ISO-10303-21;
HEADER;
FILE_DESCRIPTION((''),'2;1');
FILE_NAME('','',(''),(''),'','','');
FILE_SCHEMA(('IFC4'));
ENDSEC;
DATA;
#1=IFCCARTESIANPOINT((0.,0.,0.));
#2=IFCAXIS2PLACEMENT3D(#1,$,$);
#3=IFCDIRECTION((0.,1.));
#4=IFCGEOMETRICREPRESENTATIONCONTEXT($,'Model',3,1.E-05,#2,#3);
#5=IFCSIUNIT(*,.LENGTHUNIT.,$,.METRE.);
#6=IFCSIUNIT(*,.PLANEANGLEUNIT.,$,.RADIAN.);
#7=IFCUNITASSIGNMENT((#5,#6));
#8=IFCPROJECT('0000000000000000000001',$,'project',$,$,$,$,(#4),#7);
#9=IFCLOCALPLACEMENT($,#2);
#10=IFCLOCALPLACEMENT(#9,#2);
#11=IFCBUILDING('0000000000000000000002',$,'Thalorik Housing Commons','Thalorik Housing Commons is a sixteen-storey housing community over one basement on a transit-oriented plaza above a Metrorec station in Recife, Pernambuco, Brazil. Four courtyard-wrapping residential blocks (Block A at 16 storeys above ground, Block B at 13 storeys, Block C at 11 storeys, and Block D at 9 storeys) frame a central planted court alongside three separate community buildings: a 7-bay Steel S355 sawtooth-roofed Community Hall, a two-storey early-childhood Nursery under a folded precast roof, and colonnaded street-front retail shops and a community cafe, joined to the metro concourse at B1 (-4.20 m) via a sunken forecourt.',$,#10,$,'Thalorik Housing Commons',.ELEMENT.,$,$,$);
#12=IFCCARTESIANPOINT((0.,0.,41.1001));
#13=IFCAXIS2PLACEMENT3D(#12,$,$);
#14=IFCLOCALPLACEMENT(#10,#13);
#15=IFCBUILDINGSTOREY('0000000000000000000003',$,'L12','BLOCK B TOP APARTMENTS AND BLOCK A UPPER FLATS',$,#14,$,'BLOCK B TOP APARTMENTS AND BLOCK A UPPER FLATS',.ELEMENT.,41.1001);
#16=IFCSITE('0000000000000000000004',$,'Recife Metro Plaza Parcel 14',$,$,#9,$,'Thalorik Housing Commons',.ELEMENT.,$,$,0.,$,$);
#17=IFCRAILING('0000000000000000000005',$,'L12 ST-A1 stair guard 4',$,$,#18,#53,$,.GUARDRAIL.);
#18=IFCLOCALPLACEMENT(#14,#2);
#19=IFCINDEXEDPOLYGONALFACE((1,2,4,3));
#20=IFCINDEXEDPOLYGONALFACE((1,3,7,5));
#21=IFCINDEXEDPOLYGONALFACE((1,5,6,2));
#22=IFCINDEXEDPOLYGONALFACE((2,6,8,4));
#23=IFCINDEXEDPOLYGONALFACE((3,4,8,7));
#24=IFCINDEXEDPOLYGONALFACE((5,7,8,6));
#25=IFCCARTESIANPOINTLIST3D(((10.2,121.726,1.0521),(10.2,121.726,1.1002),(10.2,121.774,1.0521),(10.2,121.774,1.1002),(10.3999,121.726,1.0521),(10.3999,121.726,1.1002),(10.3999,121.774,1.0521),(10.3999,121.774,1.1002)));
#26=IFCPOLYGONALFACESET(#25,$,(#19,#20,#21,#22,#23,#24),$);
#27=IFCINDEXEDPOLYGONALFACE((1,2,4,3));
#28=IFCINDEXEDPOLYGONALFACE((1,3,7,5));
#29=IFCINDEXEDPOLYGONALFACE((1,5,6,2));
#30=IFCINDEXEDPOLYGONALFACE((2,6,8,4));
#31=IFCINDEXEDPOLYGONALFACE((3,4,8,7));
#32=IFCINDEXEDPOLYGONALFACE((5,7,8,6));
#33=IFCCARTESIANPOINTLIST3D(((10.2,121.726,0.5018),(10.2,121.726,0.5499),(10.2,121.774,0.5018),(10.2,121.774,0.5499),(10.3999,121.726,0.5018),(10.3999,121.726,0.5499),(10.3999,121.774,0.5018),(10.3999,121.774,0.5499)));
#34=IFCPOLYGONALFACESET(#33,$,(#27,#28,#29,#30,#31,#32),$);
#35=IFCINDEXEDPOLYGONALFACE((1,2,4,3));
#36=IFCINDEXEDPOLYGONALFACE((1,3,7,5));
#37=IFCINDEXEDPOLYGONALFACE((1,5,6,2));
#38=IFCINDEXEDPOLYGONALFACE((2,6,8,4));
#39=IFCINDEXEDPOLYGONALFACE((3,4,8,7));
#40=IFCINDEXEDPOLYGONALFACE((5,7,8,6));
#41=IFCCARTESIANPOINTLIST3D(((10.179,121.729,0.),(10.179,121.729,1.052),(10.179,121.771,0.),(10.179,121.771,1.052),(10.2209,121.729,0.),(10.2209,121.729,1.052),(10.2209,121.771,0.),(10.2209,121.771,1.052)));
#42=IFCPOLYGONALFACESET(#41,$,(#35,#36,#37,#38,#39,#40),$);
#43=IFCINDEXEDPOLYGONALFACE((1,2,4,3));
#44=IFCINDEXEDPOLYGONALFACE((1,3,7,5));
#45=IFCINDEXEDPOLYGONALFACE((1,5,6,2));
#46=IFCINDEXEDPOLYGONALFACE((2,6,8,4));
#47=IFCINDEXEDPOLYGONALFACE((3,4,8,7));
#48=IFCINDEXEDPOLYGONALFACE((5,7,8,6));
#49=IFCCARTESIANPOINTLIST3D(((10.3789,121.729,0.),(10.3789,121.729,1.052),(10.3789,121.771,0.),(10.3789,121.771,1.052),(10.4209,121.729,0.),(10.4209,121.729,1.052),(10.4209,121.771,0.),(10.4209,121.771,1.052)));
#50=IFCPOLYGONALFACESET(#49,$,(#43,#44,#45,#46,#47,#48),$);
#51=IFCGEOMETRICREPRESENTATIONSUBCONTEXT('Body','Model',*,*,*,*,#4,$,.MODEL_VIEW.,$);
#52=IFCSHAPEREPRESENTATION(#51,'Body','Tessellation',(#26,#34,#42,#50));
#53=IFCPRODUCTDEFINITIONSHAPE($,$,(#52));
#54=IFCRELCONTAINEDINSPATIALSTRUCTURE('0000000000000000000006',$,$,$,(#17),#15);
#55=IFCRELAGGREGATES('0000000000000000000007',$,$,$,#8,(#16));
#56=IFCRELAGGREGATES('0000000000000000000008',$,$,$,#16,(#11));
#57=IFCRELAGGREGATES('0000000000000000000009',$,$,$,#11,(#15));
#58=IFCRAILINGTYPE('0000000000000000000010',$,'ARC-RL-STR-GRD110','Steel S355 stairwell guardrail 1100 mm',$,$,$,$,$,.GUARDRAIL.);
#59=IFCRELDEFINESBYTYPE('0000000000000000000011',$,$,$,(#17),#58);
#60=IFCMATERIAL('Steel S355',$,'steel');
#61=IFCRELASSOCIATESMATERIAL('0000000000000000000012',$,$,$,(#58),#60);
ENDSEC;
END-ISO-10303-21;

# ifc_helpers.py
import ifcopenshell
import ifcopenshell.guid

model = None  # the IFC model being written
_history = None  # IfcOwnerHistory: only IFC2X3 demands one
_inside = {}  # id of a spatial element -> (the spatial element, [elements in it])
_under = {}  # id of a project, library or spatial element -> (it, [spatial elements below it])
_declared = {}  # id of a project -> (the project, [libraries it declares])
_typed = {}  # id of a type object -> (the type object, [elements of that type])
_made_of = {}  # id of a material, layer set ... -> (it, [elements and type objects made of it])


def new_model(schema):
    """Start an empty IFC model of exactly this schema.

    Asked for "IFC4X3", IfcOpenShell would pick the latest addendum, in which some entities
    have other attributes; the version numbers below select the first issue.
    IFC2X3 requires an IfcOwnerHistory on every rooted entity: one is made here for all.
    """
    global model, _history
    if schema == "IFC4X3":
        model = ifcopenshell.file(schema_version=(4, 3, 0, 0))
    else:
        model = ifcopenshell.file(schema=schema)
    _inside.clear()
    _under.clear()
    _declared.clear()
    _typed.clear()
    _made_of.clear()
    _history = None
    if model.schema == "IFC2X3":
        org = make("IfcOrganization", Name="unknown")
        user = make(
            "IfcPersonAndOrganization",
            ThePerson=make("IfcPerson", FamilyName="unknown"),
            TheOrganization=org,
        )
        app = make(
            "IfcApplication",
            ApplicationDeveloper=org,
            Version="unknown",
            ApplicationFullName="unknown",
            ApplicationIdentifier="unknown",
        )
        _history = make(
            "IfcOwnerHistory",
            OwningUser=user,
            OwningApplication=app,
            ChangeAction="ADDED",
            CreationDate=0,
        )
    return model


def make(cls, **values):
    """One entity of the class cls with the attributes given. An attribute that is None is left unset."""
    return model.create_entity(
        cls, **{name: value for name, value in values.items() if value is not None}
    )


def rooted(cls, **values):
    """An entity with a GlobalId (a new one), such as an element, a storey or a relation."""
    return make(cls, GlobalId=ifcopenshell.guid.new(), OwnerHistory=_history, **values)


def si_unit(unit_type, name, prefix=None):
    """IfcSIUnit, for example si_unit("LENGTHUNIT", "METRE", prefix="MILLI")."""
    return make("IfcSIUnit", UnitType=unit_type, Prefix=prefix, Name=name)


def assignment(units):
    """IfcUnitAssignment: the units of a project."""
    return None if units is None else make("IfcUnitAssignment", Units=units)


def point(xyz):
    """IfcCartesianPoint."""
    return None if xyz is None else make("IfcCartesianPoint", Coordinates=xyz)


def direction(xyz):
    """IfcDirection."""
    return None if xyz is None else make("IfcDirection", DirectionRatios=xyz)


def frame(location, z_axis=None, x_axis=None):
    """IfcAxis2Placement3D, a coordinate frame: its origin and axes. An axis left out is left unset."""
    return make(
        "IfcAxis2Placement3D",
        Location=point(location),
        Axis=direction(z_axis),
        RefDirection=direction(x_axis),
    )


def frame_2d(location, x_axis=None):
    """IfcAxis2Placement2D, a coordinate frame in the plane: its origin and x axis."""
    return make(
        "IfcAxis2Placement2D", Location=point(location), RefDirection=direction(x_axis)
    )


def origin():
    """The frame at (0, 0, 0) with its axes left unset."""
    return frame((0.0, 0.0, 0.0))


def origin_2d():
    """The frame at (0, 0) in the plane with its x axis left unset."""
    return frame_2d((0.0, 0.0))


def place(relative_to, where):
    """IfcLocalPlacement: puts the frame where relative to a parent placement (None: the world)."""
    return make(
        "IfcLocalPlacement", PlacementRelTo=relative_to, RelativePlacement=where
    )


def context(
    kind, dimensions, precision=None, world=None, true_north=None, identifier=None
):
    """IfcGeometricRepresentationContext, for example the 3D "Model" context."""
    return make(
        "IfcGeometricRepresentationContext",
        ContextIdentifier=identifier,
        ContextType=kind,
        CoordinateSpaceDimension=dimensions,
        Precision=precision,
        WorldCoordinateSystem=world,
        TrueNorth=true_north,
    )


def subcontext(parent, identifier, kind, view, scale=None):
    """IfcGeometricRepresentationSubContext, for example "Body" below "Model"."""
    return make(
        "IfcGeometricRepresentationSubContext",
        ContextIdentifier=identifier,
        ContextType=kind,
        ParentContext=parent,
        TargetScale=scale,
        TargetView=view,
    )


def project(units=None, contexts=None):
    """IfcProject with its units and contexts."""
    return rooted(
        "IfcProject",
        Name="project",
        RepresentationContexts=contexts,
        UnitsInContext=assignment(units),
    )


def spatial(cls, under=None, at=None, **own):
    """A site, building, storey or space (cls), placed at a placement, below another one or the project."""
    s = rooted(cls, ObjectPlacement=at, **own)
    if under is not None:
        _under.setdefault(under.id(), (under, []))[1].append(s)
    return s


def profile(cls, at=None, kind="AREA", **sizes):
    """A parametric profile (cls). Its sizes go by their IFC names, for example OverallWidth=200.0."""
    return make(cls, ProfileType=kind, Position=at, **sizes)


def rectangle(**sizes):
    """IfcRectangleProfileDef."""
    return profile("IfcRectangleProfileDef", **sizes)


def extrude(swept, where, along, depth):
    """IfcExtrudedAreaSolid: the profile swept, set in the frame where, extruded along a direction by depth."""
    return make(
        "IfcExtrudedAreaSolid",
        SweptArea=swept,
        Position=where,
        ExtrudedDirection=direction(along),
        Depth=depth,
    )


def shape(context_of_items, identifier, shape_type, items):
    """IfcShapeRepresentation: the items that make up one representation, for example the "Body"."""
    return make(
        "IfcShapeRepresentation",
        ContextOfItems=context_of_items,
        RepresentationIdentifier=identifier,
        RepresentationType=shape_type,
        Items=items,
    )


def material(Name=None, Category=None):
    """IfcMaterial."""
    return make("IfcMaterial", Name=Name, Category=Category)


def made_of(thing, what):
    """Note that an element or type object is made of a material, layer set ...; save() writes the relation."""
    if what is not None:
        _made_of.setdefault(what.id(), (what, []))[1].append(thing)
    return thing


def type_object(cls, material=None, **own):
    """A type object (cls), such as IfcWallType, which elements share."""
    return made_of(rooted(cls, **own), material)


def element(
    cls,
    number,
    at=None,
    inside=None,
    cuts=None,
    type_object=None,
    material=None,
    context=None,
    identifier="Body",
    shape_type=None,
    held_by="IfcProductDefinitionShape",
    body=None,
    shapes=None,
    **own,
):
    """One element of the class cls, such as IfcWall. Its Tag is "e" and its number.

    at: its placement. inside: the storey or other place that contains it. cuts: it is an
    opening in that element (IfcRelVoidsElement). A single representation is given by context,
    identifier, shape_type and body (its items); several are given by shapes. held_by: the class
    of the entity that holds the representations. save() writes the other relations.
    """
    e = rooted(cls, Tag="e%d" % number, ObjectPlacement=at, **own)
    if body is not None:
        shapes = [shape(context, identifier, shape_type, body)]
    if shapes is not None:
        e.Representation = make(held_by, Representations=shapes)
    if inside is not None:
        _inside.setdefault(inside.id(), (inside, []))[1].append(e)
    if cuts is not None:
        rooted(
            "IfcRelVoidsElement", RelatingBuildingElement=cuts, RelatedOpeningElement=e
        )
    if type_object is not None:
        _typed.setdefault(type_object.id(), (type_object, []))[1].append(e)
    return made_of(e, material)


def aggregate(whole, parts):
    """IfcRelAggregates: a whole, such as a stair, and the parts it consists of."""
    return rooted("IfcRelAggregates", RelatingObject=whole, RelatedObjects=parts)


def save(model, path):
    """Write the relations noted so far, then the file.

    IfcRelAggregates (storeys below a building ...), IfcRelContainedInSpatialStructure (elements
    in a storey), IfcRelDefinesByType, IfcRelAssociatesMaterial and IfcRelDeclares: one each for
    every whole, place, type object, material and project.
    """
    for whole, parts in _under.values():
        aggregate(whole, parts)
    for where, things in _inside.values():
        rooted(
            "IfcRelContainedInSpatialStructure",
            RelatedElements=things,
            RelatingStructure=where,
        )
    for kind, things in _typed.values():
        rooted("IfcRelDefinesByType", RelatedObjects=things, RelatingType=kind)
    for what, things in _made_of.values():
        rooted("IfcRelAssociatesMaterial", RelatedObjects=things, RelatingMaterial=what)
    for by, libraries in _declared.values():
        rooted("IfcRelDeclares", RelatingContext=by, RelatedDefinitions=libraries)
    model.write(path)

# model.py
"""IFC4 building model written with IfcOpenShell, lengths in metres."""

from ifc_helpers import new_model, si_unit, direction, frame, origin, origin_2d, place, context, subcontext, project, spatial, rectangle, extrude, material, type_object, element, save


model = new_model("IFC4")

# Units and contexts
model_context = context("Model", 3, precision=1e-05, world=origin(), true_north=direction((0.0, 1.0)))
body_context = subcontext(model_context, "Body", "Model", "MODEL_VIEW")
ifc_project = project(units=[si_unit("LENGTHUNIT", "METRE"), si_unit("PLANEANGLEUNIT", "RADIAN")], contexts=[model_context])

# Site, building, storey
site_placement = place(None, origin())
site = spatial("IfcSite", under=ifc_project, at=site_placement, Name="Recife Metro Plaza Parcel 14", LongName="Thalorik Housing Commons", CompositionType="ELEMENT", RefElevation=0.0)
building_placement = place(site_placement, origin())
building = spatial("IfcBuilding", under=site, at=building_placement, Name="Thalorik Housing Commons", Description="Thalorik Housing Commons is a sixteen-storey housing community over one basement on a transit-oriented plaza above a Metrorec station in Recife, Pernambuco, Brazil. Four courtyard-wrapping residential blocks (Block A at 16 storeys above ground, Block B at 13 storeys, Block C at 11 storeys, and Block D at 9 storeys) frame a central planted court alongside three separate community buildings: a 7-bay Steel S355 sawtooth-roofed Community Hall, a two-storey early-childhood Nursery under a folded precast roof, and colonnaded street-front retail shops and a community cafe, joined to the metro concourse at B1 (-4.20 m) via a sunken forecourt.", LongName="Thalorik Housing Commons", CompositionType="ELEMENT")
storey_placement = place(building_placement, frame((0.0, 0.0, 41.1001)))
storey = spatial("IfcBuildingStorey", under=building, at=storey_placement, Name="L12", Description="BLOCK B TOP APARTMENTS AND BLOCK A UPPER FLATS", LongName="BLOCK B TOP APARTMENTS AND BLOCK A UPPER FLATS", CompositionType="ELEMENT", Elevation=41.1001)

# Shared definitions
ifc_material_1 = material(Name="Steel S355", Category="steel")

# Railing
railing_type = type_object("IfcRailingType", Name="ARC-RL-STR-GRD110", Description="Steel S355 stairwell guardrail 1100 mm", PredefinedType="GUARDRAIL", material=ifc_material_1)
railing_1_placement = place(storey_placement, frame((10.2, 121.75, 0.0)))
element("IfcRailing", 1, at=railing_1_placement, inside=storey, type_object=railing_type, Name="L12 ST-A1 stair guard 4", PredefinedType="GUARDRAIL", context=body_context, shape_type="SweptSolid", body=[
    extrude(rectangle(XDim=0.0481, YDim=0.0481, at=origin_2d()), frame((0.0, 0.0, 1.0762), z_axis=(1.0, 0.0, 0.0), x_axis=(0.0, 1.0, 0.0)), (0.0, 0.0, 1.0), 0.2),
    extrude(rectangle(XDim=0.0481, YDim=0.0481, at=origin_2d()), frame((0.0, 0.0, 0.5259), z_axis=(1.0, 0.0, 0.0), x_axis=(0.0, 1.0, 0.0)), (0.0, 0.0, 1.0), 0.2),
    extrude(rectangle(XDim=0.042, YDim=0.042, at=origin_2d()), origin(), (0.0, 0.0, 1.0), 1.052),
    extrude(rectangle(XDim=0.042, YDim=0.042, at=origin_2d()), frame((0.2, 0.0, 0.0)), (0.0, 0.0, 1.0), 1.052),
])

save(model, "model.ifc")
